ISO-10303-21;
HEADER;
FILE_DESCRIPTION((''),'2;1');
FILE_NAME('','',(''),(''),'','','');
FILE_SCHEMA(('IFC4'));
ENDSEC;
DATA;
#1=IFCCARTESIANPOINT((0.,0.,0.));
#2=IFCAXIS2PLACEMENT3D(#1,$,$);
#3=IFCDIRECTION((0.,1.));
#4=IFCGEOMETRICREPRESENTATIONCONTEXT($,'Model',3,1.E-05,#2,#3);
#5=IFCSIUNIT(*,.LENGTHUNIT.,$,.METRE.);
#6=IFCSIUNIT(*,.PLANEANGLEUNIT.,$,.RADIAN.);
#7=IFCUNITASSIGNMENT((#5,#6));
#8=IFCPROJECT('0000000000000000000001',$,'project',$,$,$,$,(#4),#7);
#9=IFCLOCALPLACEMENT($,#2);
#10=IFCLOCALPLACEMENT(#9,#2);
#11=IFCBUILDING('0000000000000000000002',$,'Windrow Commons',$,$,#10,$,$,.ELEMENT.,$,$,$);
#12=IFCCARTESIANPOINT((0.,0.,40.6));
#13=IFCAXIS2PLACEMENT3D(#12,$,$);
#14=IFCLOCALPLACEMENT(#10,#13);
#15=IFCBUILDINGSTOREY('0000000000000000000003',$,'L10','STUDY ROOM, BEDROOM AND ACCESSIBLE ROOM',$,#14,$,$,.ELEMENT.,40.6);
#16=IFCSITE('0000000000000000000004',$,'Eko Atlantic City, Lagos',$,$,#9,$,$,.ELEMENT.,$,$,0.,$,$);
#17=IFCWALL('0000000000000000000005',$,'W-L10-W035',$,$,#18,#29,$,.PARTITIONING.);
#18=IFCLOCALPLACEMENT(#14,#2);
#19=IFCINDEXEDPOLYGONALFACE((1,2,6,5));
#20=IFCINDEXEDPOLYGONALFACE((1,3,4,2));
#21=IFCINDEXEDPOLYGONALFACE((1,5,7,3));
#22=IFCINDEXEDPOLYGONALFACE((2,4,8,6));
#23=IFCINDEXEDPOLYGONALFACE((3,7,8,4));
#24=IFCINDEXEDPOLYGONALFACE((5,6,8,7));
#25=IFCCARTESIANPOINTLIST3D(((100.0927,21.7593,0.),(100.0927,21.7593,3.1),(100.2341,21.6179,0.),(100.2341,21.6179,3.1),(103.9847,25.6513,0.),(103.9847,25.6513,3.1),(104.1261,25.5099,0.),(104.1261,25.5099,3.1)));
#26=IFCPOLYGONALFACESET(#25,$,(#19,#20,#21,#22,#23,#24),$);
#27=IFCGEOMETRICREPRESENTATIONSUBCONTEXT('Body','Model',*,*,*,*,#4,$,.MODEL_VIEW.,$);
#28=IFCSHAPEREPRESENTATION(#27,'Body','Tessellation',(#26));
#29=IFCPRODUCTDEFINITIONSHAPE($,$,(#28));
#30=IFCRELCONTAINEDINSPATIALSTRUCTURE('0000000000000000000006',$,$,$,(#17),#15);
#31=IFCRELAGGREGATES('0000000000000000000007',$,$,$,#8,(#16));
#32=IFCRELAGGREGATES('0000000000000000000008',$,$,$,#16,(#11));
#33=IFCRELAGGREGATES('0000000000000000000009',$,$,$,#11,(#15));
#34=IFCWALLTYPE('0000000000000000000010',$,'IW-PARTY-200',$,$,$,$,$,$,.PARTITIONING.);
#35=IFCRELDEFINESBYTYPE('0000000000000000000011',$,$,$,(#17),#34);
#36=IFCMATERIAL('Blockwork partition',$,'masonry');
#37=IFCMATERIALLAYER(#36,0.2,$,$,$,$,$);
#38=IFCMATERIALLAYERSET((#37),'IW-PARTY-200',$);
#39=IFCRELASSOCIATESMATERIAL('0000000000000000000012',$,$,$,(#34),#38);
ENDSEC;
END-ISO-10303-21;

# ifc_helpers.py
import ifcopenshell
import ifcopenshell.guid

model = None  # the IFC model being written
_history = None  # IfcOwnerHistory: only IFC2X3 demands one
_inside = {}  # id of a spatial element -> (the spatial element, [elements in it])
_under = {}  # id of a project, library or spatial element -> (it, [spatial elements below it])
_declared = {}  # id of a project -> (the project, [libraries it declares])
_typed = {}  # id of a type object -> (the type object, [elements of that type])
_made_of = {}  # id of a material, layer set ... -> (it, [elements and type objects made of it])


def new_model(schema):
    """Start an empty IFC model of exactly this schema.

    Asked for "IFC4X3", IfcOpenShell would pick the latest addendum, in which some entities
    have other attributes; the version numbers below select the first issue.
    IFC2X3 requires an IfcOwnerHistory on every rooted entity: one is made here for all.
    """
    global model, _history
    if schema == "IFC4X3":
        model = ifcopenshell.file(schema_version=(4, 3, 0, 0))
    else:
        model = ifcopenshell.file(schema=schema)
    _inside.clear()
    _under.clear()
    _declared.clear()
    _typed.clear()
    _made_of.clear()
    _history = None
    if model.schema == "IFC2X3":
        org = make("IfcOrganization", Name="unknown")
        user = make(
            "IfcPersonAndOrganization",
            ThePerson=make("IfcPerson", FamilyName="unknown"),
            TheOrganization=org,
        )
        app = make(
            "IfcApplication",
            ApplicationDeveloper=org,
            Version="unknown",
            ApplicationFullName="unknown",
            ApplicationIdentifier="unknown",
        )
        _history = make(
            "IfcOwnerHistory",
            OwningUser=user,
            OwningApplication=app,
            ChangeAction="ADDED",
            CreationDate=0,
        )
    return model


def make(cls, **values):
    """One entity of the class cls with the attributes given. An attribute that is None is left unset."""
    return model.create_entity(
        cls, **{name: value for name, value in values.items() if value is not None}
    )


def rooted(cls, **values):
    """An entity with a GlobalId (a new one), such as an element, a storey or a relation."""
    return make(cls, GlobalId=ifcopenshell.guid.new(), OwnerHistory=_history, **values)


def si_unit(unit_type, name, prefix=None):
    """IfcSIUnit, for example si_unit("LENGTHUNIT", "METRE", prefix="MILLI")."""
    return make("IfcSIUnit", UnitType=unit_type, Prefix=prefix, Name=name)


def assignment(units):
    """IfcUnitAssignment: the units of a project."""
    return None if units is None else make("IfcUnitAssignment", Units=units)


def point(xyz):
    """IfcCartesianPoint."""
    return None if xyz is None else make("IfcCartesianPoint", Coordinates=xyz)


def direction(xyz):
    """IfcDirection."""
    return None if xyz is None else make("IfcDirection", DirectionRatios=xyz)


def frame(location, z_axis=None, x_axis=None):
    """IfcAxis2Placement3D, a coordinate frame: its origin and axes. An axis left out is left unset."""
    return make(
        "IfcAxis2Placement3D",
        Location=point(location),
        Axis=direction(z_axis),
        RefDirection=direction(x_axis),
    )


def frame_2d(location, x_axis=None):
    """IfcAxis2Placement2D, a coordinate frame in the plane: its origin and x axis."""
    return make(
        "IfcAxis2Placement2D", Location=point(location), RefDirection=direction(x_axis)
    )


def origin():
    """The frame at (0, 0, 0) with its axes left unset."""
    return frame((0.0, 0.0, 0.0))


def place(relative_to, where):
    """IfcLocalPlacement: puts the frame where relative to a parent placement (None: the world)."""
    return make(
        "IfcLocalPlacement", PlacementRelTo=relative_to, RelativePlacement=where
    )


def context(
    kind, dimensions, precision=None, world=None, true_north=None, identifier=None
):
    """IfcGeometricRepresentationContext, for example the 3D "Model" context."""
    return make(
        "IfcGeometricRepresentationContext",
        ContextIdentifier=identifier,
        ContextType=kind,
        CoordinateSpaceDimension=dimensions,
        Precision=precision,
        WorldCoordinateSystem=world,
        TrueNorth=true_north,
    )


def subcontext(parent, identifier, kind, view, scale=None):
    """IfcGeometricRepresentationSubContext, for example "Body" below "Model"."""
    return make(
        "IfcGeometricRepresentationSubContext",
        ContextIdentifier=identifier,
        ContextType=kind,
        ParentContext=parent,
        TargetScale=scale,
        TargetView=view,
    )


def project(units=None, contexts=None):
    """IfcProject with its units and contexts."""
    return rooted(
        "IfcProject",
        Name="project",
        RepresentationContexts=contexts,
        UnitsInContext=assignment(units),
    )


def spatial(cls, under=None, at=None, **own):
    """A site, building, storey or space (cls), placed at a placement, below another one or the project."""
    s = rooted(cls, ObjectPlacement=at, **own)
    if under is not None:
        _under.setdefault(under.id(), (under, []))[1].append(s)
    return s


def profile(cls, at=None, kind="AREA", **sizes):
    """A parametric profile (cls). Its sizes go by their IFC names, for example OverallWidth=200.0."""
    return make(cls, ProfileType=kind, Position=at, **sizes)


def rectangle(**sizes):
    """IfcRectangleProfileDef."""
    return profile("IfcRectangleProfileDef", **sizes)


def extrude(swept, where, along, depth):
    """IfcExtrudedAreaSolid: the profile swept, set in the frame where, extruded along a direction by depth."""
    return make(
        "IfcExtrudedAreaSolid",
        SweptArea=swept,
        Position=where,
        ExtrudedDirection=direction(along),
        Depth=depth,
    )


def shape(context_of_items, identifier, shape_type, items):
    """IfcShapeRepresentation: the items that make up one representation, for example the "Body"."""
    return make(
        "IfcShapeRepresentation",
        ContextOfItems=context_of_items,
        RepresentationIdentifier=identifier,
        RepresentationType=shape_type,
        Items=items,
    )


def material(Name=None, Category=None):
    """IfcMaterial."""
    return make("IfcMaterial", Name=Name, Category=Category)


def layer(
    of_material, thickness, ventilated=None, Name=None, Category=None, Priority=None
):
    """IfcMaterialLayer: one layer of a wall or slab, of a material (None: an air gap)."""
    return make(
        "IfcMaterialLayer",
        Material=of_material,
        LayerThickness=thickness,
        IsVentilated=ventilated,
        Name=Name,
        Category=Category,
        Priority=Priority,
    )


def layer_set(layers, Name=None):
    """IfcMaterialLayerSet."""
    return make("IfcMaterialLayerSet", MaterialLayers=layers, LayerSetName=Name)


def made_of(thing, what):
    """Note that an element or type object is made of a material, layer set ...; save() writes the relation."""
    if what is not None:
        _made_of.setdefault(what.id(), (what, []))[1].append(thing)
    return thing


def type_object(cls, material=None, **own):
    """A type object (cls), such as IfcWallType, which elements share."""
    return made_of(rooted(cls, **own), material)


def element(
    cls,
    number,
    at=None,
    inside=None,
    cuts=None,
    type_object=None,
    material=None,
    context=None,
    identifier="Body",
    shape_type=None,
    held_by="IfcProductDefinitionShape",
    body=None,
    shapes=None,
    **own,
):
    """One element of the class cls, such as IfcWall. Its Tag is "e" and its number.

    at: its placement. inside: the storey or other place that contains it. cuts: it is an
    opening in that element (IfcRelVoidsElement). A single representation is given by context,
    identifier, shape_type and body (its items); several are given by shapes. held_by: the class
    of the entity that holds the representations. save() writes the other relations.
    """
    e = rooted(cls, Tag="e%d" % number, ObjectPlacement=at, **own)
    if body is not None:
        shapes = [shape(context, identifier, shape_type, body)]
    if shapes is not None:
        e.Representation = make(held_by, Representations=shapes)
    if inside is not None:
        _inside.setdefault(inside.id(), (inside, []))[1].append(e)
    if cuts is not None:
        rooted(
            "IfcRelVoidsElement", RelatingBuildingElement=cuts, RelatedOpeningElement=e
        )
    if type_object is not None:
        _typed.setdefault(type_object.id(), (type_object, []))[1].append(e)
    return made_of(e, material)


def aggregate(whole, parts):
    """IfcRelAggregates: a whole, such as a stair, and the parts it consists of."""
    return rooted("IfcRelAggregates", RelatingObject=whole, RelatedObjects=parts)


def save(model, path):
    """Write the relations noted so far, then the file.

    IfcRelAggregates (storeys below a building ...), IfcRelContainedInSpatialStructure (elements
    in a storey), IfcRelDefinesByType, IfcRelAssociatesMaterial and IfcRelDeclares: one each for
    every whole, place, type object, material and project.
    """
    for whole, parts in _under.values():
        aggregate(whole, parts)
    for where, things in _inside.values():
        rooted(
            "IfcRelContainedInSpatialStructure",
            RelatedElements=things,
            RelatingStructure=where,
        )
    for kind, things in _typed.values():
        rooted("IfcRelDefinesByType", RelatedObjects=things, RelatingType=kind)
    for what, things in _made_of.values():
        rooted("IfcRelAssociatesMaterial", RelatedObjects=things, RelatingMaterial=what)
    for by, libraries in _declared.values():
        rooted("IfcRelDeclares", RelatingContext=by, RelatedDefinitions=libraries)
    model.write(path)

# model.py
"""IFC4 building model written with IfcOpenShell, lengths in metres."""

from ifc_helpers import new_model, si_unit, direction, frame, frame_2d, origin, place, context, subcontext, project, spatial, rectangle, extrude, material, layer, layer_set, type_object, element, save


model = new_model("IFC4")

# Units and contexts
model_context = context("Model", 3, precision=1e-05, world=origin(), true_north=direction((0.0, 1.0)))
body_context = subcontext(model_context, "Body", "Model", "MODEL_VIEW")
ifc_project = project(units=[si_unit("LENGTHUNIT", "METRE"), si_unit("PLANEANGLEUNIT", "RADIAN")], contexts=[model_context])

# Site, building, storey
site_placement = place(None, origin())
site = spatial("IfcSite", under=ifc_project, at=site_placement, Name="Eko Atlantic City, Lagos", CompositionType="ELEMENT", RefElevation=0.0)
building_placement = place(site_placement, origin())
building = spatial("IfcBuilding", under=site, at=building_placement, Name="Windrow Commons", CompositionType="ELEMENT")
storey_placement = place(building_placement, frame((0.0, 0.0, 40.6)))
storey = spatial("IfcBuildingStorey", under=building, at=storey_placement, Name="L10", Description="STUDY ROOM, BEDROOM AND ACCESSIBLE ROOM", CompositionType="ELEMENT", Elevation=40.6)

# Wall
ifc_material_1 = material(Name="Blockwork partition", Category="masonry")
ifc_layer_1 = layer(ifc_material_1, 0.2)
ifc_layer_set_1 = layer_set([ifc_layer_1], Name="IW-PARTY-200")
wall_type_1 = type_object("IfcWallType", Name="IW-PARTY-200", PredefinedType="PARTITIONING", material=ifc_layer_set_1)
wall_1_placement = place(storey_placement, frame((100.1634, 21.6886, 0.0), z_axis=(0.0, 0.0, 1.0), x_axis=(0.707107, 0.707107, 0.0)))
element("IfcWall", 1, at=wall_1_placement, inside=storey, type_object=wall_type_1, Name="W-L10-W035", PredefinedType="PARTITIONING", context=body_context, shape_type="SweptSolid", body=[
    extrude(rectangle(XDim=5.5041, YDim=0.2, at=frame_2d((2.7521, 0.0))), origin(), (0.0, 0.0, 1.0), 3.1),
])

save(model, "model.ifc")
